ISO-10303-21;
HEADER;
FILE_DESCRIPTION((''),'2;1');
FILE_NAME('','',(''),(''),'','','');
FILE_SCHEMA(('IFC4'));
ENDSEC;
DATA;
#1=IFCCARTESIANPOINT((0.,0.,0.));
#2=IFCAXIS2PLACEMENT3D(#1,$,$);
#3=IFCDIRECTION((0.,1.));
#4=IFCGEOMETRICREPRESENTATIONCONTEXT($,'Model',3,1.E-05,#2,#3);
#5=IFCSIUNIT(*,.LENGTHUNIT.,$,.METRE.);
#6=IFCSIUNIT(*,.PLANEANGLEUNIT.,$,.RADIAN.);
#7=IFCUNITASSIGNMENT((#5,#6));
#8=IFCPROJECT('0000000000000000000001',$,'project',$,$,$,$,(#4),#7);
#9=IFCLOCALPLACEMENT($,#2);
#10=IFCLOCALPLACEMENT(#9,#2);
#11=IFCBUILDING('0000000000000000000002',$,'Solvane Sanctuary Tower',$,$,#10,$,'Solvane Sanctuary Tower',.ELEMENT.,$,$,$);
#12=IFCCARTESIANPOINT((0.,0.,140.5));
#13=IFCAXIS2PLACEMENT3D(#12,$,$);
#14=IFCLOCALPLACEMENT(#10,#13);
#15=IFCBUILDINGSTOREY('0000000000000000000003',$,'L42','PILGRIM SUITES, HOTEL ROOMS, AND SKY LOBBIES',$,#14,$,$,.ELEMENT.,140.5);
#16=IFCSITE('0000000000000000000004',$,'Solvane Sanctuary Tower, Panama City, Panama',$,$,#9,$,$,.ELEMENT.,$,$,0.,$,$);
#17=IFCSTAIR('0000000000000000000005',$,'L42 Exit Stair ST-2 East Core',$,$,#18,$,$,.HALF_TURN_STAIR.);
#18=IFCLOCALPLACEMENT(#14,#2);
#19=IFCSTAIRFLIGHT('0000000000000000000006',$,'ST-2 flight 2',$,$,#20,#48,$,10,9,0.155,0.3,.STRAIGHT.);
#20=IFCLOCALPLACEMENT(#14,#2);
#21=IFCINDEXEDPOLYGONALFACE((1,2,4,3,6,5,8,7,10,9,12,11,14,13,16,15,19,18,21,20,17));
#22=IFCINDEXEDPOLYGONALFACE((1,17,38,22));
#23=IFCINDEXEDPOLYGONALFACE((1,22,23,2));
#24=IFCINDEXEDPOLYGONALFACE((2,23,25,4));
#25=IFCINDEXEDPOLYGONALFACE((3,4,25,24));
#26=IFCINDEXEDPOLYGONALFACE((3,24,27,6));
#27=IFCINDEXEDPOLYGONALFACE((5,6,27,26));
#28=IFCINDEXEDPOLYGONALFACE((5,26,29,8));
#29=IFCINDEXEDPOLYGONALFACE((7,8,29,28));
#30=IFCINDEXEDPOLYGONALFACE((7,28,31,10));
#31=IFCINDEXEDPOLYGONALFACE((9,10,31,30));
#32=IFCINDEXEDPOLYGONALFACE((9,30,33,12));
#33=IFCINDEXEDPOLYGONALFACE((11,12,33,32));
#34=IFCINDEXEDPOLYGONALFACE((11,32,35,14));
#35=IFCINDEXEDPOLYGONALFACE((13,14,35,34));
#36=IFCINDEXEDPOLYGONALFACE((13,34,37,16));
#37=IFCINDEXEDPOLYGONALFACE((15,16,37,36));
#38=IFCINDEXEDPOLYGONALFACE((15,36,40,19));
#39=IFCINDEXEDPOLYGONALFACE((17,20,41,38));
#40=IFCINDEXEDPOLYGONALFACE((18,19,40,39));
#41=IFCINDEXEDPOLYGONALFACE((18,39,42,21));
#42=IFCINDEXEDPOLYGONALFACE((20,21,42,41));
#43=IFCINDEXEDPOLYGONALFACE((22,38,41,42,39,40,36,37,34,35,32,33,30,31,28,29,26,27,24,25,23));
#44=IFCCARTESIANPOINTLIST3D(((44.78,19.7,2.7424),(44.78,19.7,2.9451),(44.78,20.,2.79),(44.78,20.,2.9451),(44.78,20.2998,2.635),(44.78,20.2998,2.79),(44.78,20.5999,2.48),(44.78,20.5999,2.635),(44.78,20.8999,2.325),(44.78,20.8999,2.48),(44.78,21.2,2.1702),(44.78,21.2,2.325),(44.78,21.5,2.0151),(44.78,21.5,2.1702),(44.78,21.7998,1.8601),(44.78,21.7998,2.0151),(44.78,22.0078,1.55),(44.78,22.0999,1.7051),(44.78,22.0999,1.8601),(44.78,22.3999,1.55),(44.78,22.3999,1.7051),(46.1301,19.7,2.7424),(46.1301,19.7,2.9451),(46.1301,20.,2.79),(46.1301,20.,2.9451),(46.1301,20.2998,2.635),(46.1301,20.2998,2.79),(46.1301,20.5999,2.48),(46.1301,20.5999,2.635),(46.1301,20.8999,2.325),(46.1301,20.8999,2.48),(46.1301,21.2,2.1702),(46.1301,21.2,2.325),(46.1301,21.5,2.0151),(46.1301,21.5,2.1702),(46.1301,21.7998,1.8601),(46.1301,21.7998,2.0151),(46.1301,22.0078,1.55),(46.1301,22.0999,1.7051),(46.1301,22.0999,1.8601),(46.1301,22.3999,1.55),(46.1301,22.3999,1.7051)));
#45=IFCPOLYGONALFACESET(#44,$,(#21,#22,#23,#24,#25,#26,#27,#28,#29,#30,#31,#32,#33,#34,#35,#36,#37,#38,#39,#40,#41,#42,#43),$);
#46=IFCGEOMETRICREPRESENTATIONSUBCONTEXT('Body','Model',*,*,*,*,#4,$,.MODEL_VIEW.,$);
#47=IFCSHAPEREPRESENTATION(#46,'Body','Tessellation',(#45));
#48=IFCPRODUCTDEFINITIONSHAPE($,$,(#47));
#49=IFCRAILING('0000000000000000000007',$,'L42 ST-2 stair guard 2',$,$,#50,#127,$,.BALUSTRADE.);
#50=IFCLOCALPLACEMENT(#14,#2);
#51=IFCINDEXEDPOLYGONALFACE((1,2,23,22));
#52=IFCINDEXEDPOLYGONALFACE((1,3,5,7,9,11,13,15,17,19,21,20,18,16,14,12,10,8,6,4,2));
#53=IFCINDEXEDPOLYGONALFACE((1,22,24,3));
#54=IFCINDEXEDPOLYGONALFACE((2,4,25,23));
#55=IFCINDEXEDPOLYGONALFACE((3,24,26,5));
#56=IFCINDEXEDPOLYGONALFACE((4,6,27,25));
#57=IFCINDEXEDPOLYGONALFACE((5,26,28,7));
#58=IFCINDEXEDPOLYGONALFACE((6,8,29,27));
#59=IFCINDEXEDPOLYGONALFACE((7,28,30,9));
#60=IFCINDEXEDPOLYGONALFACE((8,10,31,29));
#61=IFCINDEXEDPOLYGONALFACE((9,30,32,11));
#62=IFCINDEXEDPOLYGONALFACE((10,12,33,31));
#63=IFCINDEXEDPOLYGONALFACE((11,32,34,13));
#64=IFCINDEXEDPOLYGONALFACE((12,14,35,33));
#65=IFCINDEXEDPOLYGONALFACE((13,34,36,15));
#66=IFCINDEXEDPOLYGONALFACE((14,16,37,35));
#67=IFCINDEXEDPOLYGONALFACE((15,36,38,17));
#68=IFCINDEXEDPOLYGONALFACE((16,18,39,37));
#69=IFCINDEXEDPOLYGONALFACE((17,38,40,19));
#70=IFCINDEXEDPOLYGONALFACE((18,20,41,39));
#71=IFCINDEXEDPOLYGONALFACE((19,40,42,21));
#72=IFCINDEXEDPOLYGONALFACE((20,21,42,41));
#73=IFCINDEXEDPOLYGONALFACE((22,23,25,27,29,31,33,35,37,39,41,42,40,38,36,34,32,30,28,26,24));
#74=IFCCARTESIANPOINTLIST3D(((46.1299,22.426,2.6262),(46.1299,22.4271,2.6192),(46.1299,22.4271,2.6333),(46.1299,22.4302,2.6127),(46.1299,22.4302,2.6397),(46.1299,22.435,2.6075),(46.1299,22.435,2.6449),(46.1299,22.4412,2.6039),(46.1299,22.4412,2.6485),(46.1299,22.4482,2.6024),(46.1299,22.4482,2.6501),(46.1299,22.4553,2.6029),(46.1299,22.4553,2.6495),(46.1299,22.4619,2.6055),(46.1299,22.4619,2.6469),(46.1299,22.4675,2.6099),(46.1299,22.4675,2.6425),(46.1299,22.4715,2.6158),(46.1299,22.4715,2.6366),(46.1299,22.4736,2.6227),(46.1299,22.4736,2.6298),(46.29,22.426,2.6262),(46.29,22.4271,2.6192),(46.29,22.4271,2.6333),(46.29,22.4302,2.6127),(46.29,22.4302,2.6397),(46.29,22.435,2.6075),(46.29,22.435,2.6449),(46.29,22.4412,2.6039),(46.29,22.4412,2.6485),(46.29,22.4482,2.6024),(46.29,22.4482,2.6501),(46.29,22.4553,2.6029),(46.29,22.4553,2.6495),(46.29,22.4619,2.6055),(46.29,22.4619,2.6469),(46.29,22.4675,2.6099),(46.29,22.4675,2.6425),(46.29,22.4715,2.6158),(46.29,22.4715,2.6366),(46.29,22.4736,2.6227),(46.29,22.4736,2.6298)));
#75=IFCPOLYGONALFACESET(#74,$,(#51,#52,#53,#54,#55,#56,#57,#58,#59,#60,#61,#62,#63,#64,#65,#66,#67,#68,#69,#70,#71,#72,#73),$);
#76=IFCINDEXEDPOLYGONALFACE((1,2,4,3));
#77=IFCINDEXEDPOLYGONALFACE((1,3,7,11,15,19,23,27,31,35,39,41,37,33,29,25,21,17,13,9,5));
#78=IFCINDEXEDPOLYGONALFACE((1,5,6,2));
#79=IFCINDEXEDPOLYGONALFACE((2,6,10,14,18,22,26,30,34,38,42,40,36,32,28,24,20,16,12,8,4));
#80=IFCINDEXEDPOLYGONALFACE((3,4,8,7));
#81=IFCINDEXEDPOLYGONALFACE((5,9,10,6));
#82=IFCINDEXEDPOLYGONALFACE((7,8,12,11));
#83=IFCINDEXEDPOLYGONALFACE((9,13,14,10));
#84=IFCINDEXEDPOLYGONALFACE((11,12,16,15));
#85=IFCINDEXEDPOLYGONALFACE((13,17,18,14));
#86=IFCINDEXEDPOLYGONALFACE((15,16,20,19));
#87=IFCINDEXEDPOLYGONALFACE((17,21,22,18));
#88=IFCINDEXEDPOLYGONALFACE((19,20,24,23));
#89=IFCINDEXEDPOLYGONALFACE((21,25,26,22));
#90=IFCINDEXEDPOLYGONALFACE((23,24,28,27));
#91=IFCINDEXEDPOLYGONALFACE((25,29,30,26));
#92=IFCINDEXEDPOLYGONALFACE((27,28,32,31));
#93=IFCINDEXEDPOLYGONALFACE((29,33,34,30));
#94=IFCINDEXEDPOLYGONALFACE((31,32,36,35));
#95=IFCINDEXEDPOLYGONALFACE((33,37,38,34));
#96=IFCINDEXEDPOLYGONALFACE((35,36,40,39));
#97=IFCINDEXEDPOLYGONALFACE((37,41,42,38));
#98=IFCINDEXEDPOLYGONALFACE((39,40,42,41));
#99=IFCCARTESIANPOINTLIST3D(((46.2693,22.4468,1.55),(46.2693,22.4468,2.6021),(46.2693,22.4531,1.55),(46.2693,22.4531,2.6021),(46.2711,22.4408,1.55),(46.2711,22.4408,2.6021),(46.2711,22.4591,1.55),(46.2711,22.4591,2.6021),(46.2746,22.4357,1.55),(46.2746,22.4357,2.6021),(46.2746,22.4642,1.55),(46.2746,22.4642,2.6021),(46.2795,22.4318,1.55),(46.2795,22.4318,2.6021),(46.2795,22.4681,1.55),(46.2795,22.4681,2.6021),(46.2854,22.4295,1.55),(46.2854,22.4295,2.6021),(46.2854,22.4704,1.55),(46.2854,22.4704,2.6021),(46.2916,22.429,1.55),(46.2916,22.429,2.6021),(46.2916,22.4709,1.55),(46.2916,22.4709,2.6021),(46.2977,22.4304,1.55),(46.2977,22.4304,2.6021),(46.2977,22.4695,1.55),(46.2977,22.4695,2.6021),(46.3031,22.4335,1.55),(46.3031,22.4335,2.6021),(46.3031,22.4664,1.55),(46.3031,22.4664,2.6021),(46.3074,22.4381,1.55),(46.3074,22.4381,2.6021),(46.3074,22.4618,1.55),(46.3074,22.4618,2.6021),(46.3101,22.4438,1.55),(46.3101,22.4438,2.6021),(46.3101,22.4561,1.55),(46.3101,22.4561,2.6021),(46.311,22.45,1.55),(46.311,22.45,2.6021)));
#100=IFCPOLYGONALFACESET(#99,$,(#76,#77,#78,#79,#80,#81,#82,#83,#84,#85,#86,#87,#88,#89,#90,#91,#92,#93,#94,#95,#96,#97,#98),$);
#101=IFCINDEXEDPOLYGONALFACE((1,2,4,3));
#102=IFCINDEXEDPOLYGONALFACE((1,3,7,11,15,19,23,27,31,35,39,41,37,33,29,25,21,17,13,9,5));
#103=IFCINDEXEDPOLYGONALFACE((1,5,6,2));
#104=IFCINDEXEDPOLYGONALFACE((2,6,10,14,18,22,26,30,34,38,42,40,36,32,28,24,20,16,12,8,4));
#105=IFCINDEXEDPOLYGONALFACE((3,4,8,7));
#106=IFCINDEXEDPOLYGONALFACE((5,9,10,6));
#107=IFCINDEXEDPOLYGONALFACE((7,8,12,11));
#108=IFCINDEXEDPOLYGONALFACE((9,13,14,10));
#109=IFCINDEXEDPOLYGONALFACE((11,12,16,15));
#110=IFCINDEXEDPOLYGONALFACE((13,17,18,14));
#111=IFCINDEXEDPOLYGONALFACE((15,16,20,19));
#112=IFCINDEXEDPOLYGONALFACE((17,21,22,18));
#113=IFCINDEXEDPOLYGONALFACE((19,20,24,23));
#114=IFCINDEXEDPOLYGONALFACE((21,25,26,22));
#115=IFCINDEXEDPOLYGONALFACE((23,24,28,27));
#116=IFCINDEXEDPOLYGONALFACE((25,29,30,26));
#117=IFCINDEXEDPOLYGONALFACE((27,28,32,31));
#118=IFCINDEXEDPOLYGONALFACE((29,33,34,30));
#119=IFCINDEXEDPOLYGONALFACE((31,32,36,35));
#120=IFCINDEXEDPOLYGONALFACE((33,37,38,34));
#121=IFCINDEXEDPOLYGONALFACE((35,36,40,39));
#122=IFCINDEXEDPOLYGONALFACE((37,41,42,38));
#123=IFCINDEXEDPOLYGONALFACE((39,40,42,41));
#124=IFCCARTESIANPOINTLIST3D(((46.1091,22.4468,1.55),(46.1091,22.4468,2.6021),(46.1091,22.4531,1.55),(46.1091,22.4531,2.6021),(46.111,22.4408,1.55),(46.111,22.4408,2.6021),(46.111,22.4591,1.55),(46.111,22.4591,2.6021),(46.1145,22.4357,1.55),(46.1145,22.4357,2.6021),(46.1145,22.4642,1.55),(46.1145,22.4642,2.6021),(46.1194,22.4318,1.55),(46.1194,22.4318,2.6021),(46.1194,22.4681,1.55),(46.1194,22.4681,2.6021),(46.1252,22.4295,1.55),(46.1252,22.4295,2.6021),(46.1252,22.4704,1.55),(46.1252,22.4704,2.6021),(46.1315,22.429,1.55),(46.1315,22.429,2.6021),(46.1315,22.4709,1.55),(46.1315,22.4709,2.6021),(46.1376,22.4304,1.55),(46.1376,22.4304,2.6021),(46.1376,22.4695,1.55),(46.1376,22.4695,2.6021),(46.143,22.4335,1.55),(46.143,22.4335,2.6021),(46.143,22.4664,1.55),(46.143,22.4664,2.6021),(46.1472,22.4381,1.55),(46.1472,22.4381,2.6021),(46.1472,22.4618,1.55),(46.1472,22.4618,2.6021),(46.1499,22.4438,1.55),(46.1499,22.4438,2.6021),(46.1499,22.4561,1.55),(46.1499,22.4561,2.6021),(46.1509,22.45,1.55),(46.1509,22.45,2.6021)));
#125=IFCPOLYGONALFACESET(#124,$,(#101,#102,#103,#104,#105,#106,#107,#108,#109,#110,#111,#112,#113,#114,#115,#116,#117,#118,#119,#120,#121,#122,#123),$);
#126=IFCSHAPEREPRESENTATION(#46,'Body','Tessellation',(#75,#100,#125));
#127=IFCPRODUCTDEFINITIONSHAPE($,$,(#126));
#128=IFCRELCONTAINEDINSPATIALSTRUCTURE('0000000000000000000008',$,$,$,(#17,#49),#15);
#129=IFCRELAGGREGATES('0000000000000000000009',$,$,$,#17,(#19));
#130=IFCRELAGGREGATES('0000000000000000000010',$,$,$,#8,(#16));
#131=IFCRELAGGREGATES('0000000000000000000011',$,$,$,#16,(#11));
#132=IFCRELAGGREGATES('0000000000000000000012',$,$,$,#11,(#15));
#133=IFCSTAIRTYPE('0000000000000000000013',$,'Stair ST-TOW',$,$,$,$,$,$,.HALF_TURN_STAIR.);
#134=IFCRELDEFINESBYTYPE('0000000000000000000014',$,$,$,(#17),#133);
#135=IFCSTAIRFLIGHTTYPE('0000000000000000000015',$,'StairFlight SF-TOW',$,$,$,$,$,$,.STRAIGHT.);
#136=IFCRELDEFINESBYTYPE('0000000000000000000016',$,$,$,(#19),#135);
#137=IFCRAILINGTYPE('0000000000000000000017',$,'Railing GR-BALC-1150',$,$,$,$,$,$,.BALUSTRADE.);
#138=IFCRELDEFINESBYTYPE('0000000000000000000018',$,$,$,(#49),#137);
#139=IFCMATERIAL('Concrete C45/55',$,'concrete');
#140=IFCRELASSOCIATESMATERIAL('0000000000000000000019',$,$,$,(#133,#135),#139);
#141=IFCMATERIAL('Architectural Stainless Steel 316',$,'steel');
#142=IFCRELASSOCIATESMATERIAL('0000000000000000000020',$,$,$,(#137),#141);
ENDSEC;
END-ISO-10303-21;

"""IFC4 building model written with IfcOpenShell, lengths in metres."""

from ifc_helpers import new_model, si_unit, direction, frame, origin, origin_2d, place, context, subcontext, project, spatial, polyline, circle, outline, extrude, material, type_object, element, aggregate, save


model = new_model("IFC4")

# Units and contexts
model_context = context("Model", 3, precision=1e-05, world=origin(), true_north=direction((0.0, 1.0)))
body_context = subcontext(model_context, "Body", "Model", "MODEL_VIEW")
ifc_project = project(units=[si_unit("LENGTHUNIT", "METRE"), si_unit("PLANEANGLEUNIT", "RADIAN")], contexts=[model_context])

# Site, building, storey
site_placement = place(None, origin())
site = spatial("IfcSite", under=ifc_project, at=site_placement, Name="Solvane Sanctuary Tower, Panama City, Panama", CompositionType="ELEMENT", RefElevation=0.0)
building_placement = place(site_placement, origin())
building = spatial("IfcBuilding", under=site, at=building_placement, Name="Solvane Sanctuary Tower", LongName="Solvane Sanctuary Tower", CompositionType="ELEMENT")
storey_placement = place(building_placement, frame((0.0, 0.0, 140.5)))
storey = spatial("IfcBuildingStorey", under=building, at=storey_placement, Name="L42", Description="PILGRIM SUITES, HOTEL ROOMS, AND SKY LOBBIES", CompositionType="ELEMENT", Elevation=140.5)

# Shared definitions
ifc_material_1 = material(Name="Architectural Stainless Steel 316", Category="steel")

# Stair, stair flight
ifc_material_2 = material(Name="Concrete C45/55", Category="concrete")
stair_type = type_object("IfcStairType", Name="Stair ST-TOW", PredefinedType="HALF_TURN_STAIR", material=ifc_material_2)
stair_placement = place(storey_placement, origin())
stair = element("IfcStair", 1, at=stair_placement, inside=storey, type_object=stair_type, Name="L42 Exit Stair ST-2 East Core", PredefinedType="HALF_TURN_STAIR")
stair_flight_type = type_object("IfcStairFlightType", Name="StairFlight SF-TOW", PredefinedType="STRAIGHT", material=ifc_material_2)
stair_flight_placement = place(storey_placement, frame((45.4551, 22.3999, 1.55), z_axis=(0.0, 0.0, 1.0), x_axis=(0.0, -1.0, 0.0)))
stair_flight = element("IfcStairFlight", 2, at=stair_flight_placement, type_object=stair_flight_type, Name="ST-2 flight 2", NumberOfRisers=10, NumberOfTreads=9, PredefinedType="STRAIGHT", RiserHeight=0.155, TreadLength=0.3, context=body_context, shape_type="SweptSolid", body=[
    extrude(outline(polyline([(0.0, 0.0), (0.0, 0.155), (0.3, 0.155), (0.3, 0.3101), (0.6001, 0.3101), (0.6001, 0.4651), (0.8999, 0.4651), (0.8999, 0.6201), (1.2, 0.6201), (1.2, 0.7749), (1.5, 0.7749), (1.5, 0.9299), (1.8, 0.9299), (1.8, 1.085), (2.1001, 1.085), (2.1001, 1.24), (2.3999, 1.24), (2.3999, 1.395), (2.7, 1.395), (2.7, 1.55), (2.7, 1.1924), (0.3921, 0.0), (0.0, 0.0)])), frame((0.0, 0.675, 0.0), z_axis=(0.0, -1.0, 0.0), x_axis=(1.0, 0.0, 0.0)), (0.0, 0.0, 1.0), 1.3501),
])
aggregate(stair, [stair_flight])

# Railing
railing_type_1 = type_object("IfcRailingType", Name="Railing GR-BALC-1150", PredefinedType="BALUSTRADE", material=ifc_material_1)
railing_1_placement = place(storey_placement, frame((46.29, 22.45, 1.55)))
element("IfcRailing", 3, at=railing_1_placement, inside=storey, type_object=railing_type_1, Name="L42 ST-2 stair guard 2", PredefinedType="BALUSTRADE", context=body_context, shape_type="SweptSolid", body=[
    extrude(circle(Radius=0.0239, at=origin_2d()), frame((0.0, 0.0, 1.0762), z_axis=(-1.0, 0.0, 0.0), x_axis=(0.0, -1.0, 0.0)), (0.0, 0.0, 1.0), 0.1602),
    extrude(circle(Radius=0.021, at=origin_2d()), origin(), (0.0, 0.0, 1.0), 1.052),
    extrude(circle(Radius=0.021, at=origin_2d()), frame((-0.1602, 0.0, 0.0)), (0.0, 0.0, 1.0), 1.052),
])

save(model, "model.ifc")
